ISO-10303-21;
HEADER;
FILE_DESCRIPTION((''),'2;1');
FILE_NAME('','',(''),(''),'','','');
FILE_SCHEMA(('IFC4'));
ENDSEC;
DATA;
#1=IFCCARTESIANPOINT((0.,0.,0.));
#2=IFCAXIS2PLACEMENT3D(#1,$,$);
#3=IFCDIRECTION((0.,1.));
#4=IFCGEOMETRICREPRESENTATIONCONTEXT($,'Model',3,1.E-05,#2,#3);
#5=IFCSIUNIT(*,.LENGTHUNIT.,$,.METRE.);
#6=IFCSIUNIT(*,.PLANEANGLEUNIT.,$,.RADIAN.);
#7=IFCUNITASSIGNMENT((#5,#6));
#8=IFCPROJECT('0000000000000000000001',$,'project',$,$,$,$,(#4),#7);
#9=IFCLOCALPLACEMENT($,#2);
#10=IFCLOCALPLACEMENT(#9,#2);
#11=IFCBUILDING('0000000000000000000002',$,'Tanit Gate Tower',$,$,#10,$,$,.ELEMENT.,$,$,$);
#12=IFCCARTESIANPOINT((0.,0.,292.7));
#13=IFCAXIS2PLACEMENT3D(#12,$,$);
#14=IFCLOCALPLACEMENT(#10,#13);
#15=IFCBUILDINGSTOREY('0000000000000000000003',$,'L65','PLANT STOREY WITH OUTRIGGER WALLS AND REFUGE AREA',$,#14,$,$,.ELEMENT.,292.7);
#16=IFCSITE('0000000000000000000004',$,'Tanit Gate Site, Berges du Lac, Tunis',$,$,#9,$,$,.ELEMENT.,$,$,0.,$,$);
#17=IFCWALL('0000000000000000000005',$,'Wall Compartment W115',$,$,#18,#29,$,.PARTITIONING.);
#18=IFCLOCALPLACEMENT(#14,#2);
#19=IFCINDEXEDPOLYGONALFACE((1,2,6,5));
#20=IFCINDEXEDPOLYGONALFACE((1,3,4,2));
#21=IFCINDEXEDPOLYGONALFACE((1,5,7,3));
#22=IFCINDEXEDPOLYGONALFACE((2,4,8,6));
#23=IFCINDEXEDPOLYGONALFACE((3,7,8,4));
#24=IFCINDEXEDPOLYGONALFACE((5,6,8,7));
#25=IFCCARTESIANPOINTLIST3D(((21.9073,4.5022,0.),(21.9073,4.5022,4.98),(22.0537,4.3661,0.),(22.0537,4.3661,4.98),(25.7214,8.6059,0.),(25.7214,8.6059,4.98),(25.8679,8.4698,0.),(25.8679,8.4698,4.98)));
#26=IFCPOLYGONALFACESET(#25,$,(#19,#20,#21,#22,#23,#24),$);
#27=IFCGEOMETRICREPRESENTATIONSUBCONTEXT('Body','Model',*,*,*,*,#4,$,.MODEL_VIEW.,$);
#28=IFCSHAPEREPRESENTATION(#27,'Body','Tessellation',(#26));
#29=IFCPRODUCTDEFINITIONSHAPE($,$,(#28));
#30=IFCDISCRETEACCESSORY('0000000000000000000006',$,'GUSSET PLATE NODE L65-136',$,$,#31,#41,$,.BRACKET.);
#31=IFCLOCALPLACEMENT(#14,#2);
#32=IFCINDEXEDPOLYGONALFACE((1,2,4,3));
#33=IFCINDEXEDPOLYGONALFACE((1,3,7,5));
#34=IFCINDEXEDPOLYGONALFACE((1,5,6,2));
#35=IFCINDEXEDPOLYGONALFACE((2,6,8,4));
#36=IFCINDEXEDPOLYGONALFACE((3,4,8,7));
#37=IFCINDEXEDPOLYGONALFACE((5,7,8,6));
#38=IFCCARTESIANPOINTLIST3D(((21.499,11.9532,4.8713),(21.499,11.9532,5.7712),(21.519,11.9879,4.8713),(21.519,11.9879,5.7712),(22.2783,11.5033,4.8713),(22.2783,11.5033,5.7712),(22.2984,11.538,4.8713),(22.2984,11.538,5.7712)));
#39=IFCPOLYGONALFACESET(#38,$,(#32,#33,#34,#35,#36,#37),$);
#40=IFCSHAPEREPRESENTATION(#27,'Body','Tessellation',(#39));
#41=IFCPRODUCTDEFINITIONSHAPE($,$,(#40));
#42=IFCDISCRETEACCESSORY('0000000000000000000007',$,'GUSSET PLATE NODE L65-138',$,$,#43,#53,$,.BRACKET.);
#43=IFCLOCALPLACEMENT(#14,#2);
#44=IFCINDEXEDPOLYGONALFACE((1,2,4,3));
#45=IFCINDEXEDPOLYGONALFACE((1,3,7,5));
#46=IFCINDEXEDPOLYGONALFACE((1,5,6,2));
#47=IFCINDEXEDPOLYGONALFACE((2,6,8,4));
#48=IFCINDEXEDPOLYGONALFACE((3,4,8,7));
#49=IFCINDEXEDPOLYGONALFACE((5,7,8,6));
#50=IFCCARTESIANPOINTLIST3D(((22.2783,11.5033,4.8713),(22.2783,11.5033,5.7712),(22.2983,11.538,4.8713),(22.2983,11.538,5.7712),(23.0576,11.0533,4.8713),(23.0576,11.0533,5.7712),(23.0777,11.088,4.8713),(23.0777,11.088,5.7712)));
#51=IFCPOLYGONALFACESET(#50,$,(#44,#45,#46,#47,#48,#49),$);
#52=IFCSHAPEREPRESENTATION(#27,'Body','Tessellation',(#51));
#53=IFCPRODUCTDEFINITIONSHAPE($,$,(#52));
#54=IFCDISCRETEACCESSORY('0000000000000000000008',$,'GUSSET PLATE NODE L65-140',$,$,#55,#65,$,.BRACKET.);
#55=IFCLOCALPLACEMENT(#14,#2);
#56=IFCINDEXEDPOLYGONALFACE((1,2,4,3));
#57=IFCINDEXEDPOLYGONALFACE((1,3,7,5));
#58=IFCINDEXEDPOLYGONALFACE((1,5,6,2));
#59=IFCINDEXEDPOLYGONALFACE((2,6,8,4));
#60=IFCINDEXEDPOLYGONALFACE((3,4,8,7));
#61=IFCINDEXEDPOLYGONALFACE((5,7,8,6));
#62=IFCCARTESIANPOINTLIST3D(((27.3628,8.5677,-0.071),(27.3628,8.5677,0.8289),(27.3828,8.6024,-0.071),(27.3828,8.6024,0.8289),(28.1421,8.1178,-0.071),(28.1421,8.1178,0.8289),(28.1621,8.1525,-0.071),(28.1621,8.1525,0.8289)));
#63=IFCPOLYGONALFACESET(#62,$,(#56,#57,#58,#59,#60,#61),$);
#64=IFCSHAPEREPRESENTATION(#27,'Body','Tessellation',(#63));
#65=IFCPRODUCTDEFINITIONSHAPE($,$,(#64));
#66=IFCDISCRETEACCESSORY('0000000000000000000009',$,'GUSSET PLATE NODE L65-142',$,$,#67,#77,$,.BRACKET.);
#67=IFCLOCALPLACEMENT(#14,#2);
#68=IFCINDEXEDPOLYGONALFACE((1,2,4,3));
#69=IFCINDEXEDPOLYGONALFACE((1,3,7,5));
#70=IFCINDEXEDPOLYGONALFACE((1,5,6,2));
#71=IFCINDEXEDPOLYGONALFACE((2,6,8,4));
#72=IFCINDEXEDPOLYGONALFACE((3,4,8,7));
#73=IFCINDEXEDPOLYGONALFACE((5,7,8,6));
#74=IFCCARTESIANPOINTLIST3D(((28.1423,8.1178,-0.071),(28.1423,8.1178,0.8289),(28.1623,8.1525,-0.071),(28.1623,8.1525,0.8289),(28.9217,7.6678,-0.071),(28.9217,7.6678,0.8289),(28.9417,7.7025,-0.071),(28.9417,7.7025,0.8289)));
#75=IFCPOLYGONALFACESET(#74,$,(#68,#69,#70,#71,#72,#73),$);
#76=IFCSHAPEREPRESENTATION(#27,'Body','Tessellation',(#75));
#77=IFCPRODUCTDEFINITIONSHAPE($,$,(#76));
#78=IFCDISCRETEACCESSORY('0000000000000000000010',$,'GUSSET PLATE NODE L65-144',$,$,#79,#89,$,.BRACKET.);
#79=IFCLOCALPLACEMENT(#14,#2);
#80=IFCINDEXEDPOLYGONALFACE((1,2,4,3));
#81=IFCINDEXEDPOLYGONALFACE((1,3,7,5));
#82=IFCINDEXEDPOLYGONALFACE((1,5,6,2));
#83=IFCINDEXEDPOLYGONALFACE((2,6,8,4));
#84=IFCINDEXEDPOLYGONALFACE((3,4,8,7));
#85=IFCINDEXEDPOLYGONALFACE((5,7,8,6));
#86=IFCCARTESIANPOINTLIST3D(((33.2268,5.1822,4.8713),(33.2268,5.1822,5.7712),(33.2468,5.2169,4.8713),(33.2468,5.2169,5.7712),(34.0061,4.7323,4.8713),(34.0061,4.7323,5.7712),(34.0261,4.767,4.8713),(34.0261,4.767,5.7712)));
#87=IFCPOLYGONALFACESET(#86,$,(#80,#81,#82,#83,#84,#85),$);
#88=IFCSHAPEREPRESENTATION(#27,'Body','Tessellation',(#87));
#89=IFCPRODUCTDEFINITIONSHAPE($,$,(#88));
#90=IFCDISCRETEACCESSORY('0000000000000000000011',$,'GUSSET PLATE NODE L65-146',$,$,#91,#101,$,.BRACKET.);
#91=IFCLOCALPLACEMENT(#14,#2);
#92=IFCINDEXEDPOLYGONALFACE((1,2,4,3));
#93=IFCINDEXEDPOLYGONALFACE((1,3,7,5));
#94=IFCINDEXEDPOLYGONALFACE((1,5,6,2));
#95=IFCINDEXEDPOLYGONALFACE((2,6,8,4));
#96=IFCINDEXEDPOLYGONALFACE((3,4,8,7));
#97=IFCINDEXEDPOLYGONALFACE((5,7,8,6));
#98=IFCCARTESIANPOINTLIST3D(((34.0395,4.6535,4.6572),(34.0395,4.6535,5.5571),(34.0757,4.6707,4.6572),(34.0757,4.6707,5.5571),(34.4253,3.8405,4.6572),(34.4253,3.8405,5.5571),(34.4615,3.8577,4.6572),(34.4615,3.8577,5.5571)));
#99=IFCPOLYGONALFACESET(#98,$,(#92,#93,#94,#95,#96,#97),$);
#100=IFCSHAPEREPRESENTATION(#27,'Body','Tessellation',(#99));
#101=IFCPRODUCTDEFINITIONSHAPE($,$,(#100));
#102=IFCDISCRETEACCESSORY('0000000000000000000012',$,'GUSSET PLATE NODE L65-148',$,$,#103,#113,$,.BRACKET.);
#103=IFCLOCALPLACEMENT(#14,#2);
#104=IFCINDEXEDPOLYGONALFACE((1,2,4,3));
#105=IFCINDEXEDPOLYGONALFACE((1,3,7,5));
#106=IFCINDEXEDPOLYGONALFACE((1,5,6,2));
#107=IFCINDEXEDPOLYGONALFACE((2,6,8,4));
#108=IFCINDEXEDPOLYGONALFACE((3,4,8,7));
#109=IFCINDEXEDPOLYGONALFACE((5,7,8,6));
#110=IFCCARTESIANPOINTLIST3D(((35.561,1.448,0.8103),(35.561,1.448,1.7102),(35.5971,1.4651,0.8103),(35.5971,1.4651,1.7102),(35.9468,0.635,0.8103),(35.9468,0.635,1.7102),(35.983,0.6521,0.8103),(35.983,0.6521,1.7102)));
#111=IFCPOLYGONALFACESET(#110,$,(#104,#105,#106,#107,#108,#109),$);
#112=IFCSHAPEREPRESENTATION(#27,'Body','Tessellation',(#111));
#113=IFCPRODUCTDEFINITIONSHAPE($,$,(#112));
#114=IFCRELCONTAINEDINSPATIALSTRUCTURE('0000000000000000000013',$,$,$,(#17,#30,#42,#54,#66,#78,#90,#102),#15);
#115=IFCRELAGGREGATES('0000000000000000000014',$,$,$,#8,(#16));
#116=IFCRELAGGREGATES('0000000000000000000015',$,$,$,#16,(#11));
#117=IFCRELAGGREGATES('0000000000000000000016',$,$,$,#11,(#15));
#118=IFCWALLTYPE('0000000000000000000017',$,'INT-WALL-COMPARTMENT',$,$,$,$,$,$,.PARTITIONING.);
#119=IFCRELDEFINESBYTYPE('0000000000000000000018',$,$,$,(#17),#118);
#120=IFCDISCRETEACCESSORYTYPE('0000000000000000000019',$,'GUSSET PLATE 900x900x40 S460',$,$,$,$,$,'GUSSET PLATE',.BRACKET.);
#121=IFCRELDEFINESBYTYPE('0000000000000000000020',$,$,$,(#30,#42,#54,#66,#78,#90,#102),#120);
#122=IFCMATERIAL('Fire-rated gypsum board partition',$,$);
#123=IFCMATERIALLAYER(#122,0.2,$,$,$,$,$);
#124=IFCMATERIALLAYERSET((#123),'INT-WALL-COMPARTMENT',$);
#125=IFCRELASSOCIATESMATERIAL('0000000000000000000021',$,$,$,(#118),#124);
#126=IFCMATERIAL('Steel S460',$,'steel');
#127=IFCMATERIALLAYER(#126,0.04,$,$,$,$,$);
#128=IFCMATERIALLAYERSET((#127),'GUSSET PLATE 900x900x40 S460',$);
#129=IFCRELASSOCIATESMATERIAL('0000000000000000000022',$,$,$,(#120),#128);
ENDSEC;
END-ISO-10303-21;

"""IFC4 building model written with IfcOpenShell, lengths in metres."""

from ifc_helpers import new_model, si_unit, direction, frame, frame_2d, origin, origin_2d, place, context, subcontext, project, spatial, rectangle, extrude, material, layer, layer_set, type_object, element, save


model = new_model("IFC4")

# Units and contexts
model_context = context("Model", 3, precision=1e-05, world=origin(), true_north=direction((0.0, 1.0)))
body_context = subcontext(model_context, "Body", "Model", "MODEL_VIEW")
ifc_project = project(units=[si_unit("LENGTHUNIT", "METRE"), si_unit("PLANEANGLEUNIT", "RADIAN")], contexts=[model_context])

# Site, building, storey
site_placement = place(None, origin())
site = spatial("IfcSite", under=ifc_project, at=site_placement, Name="Tanit Gate Site, Berges du Lac, Tunis", CompositionType="ELEMENT", RefElevation=0.0)
building_placement = place(site_placement, origin())
building = spatial("IfcBuilding", under=site, at=building_placement, Name="Tanit Gate Tower", CompositionType="ELEMENT")
storey_placement = place(building_placement, frame((0.0, 0.0, 292.7)))
storey = spatial("IfcBuildingStorey", under=building, at=storey_placement, Name="L65", Description="PLANT STOREY WITH OUTRIGGER WALLS AND REFUGE AREA", CompositionType="ELEMENT", Elevation=292.7)

# Shared definitions
ifc_material_1 = material(Name="Fire-rated gypsum board partition")
ifc_layer_1 = layer(ifc_material_1, 0.2)
ifc_layer_set_1 = layer_set([ifc_layer_1], Name="INT-WALL-COMPARTMENT")
wall_type_1 = type_object("IfcWallType", Name="INT-WALL-COMPARTMENT", PredefinedType="PARTITIONING", material=ifc_layer_set_1)

# Wall
wall_1_placement = place(storey_placement, frame((25.7947, 8.5378, 0.0), z_axis=(0.0, 0.0, 1.0), x_axis=(-0.680794, -0.732475, 0.0)))
element("IfcWall", 1, at=wall_1_placement, inside=storey, type_object=wall_type_1, Name="Wall Compartment W115", PredefinedType="PARTITIONING", context=body_context, shape_type="SweptSolid", body=[
    extrude(rectangle(XDim=5.6025, YDim=0.2, at=frame_2d((2.8013, 0.0))), origin(), (0.0, 0.0, 1.0), 4.98),
])

# Discrete accessories
ifc_material_2 = material(Name="Steel S460", Category="steel")
ifc_layer_2 = layer(ifc_material_2, 0.04)
ifc_layer_set_2 = layer_set([ifc_layer_2], Name="GUSSET PLATE 900x900x40 S460")
discrete_accessory_type = type_object("IfcDiscreteAccessoryType", Name="GUSSET PLATE 900x900x40 S460", ElementType="GUSSET PLATE", PredefinedType="BRACKET", material=ifc_layer_set_2)
for number, where, z_axis, x_axis, name in (
    (2, (21.8987, 11.7456, 4.8713), (0.0, 0.0, 1.0), (-0.866025, 0.5, 0.0), "GUSSET PLATE NODE L65-136"),
    (3, (22.678, 11.2957, 4.8713), (0.0, 0.0, 1.0), (0.866025, -0.5, 0.0), "GUSSET PLATE NODE L65-138"),
    (4, (27.7625, 8.3601, -0.071), (0.0, 0.0, 1.0), (-0.866025, 0.5, 0.0), "GUSSET PLATE NODE L65-140"),
    (5, (28.542, 7.9102, -0.071), (0.0, 0.0, 1.0), (0.866025, -0.5, 0.0), "GUSSET PLATE NODE L65-142"),
    (6, (33.6265, 4.9746, 4.8713), (0.0, 0.0, 1.0), (-0.866025, 0.5, 0.0), "GUSSET PLATE NODE L65-144"),
    (7, (34.2505, 4.2556, 4.6572), (0.0, 0.0, 1.0), (0.428746, -0.903425, 0.0), "GUSSET PLATE NODE L65-146"),
    (8, (35.772, 1.05, 0.8103), (0.0, 0.0, 1.0), (-0.428746, 0.903425, 0.0), "GUSSET PLATE NODE L65-148"),
):
    element("IfcDiscreteAccessory", number, at=place(storey_placement, frame(where, z_axis=z_axis, x_axis=x_axis)), inside=storey, type_object=discrete_accessory_type, Name=name, PredefinedType="BRACKET", context=body_context, shape_type="SweptSolid", body=[
        extrude(rectangle(XDim=0.8999, YDim=0.04, at=origin_2d()), origin(), (0.0, 0.0, 1.0), 0.8999),
    ])

save(model, "model.ifc")
